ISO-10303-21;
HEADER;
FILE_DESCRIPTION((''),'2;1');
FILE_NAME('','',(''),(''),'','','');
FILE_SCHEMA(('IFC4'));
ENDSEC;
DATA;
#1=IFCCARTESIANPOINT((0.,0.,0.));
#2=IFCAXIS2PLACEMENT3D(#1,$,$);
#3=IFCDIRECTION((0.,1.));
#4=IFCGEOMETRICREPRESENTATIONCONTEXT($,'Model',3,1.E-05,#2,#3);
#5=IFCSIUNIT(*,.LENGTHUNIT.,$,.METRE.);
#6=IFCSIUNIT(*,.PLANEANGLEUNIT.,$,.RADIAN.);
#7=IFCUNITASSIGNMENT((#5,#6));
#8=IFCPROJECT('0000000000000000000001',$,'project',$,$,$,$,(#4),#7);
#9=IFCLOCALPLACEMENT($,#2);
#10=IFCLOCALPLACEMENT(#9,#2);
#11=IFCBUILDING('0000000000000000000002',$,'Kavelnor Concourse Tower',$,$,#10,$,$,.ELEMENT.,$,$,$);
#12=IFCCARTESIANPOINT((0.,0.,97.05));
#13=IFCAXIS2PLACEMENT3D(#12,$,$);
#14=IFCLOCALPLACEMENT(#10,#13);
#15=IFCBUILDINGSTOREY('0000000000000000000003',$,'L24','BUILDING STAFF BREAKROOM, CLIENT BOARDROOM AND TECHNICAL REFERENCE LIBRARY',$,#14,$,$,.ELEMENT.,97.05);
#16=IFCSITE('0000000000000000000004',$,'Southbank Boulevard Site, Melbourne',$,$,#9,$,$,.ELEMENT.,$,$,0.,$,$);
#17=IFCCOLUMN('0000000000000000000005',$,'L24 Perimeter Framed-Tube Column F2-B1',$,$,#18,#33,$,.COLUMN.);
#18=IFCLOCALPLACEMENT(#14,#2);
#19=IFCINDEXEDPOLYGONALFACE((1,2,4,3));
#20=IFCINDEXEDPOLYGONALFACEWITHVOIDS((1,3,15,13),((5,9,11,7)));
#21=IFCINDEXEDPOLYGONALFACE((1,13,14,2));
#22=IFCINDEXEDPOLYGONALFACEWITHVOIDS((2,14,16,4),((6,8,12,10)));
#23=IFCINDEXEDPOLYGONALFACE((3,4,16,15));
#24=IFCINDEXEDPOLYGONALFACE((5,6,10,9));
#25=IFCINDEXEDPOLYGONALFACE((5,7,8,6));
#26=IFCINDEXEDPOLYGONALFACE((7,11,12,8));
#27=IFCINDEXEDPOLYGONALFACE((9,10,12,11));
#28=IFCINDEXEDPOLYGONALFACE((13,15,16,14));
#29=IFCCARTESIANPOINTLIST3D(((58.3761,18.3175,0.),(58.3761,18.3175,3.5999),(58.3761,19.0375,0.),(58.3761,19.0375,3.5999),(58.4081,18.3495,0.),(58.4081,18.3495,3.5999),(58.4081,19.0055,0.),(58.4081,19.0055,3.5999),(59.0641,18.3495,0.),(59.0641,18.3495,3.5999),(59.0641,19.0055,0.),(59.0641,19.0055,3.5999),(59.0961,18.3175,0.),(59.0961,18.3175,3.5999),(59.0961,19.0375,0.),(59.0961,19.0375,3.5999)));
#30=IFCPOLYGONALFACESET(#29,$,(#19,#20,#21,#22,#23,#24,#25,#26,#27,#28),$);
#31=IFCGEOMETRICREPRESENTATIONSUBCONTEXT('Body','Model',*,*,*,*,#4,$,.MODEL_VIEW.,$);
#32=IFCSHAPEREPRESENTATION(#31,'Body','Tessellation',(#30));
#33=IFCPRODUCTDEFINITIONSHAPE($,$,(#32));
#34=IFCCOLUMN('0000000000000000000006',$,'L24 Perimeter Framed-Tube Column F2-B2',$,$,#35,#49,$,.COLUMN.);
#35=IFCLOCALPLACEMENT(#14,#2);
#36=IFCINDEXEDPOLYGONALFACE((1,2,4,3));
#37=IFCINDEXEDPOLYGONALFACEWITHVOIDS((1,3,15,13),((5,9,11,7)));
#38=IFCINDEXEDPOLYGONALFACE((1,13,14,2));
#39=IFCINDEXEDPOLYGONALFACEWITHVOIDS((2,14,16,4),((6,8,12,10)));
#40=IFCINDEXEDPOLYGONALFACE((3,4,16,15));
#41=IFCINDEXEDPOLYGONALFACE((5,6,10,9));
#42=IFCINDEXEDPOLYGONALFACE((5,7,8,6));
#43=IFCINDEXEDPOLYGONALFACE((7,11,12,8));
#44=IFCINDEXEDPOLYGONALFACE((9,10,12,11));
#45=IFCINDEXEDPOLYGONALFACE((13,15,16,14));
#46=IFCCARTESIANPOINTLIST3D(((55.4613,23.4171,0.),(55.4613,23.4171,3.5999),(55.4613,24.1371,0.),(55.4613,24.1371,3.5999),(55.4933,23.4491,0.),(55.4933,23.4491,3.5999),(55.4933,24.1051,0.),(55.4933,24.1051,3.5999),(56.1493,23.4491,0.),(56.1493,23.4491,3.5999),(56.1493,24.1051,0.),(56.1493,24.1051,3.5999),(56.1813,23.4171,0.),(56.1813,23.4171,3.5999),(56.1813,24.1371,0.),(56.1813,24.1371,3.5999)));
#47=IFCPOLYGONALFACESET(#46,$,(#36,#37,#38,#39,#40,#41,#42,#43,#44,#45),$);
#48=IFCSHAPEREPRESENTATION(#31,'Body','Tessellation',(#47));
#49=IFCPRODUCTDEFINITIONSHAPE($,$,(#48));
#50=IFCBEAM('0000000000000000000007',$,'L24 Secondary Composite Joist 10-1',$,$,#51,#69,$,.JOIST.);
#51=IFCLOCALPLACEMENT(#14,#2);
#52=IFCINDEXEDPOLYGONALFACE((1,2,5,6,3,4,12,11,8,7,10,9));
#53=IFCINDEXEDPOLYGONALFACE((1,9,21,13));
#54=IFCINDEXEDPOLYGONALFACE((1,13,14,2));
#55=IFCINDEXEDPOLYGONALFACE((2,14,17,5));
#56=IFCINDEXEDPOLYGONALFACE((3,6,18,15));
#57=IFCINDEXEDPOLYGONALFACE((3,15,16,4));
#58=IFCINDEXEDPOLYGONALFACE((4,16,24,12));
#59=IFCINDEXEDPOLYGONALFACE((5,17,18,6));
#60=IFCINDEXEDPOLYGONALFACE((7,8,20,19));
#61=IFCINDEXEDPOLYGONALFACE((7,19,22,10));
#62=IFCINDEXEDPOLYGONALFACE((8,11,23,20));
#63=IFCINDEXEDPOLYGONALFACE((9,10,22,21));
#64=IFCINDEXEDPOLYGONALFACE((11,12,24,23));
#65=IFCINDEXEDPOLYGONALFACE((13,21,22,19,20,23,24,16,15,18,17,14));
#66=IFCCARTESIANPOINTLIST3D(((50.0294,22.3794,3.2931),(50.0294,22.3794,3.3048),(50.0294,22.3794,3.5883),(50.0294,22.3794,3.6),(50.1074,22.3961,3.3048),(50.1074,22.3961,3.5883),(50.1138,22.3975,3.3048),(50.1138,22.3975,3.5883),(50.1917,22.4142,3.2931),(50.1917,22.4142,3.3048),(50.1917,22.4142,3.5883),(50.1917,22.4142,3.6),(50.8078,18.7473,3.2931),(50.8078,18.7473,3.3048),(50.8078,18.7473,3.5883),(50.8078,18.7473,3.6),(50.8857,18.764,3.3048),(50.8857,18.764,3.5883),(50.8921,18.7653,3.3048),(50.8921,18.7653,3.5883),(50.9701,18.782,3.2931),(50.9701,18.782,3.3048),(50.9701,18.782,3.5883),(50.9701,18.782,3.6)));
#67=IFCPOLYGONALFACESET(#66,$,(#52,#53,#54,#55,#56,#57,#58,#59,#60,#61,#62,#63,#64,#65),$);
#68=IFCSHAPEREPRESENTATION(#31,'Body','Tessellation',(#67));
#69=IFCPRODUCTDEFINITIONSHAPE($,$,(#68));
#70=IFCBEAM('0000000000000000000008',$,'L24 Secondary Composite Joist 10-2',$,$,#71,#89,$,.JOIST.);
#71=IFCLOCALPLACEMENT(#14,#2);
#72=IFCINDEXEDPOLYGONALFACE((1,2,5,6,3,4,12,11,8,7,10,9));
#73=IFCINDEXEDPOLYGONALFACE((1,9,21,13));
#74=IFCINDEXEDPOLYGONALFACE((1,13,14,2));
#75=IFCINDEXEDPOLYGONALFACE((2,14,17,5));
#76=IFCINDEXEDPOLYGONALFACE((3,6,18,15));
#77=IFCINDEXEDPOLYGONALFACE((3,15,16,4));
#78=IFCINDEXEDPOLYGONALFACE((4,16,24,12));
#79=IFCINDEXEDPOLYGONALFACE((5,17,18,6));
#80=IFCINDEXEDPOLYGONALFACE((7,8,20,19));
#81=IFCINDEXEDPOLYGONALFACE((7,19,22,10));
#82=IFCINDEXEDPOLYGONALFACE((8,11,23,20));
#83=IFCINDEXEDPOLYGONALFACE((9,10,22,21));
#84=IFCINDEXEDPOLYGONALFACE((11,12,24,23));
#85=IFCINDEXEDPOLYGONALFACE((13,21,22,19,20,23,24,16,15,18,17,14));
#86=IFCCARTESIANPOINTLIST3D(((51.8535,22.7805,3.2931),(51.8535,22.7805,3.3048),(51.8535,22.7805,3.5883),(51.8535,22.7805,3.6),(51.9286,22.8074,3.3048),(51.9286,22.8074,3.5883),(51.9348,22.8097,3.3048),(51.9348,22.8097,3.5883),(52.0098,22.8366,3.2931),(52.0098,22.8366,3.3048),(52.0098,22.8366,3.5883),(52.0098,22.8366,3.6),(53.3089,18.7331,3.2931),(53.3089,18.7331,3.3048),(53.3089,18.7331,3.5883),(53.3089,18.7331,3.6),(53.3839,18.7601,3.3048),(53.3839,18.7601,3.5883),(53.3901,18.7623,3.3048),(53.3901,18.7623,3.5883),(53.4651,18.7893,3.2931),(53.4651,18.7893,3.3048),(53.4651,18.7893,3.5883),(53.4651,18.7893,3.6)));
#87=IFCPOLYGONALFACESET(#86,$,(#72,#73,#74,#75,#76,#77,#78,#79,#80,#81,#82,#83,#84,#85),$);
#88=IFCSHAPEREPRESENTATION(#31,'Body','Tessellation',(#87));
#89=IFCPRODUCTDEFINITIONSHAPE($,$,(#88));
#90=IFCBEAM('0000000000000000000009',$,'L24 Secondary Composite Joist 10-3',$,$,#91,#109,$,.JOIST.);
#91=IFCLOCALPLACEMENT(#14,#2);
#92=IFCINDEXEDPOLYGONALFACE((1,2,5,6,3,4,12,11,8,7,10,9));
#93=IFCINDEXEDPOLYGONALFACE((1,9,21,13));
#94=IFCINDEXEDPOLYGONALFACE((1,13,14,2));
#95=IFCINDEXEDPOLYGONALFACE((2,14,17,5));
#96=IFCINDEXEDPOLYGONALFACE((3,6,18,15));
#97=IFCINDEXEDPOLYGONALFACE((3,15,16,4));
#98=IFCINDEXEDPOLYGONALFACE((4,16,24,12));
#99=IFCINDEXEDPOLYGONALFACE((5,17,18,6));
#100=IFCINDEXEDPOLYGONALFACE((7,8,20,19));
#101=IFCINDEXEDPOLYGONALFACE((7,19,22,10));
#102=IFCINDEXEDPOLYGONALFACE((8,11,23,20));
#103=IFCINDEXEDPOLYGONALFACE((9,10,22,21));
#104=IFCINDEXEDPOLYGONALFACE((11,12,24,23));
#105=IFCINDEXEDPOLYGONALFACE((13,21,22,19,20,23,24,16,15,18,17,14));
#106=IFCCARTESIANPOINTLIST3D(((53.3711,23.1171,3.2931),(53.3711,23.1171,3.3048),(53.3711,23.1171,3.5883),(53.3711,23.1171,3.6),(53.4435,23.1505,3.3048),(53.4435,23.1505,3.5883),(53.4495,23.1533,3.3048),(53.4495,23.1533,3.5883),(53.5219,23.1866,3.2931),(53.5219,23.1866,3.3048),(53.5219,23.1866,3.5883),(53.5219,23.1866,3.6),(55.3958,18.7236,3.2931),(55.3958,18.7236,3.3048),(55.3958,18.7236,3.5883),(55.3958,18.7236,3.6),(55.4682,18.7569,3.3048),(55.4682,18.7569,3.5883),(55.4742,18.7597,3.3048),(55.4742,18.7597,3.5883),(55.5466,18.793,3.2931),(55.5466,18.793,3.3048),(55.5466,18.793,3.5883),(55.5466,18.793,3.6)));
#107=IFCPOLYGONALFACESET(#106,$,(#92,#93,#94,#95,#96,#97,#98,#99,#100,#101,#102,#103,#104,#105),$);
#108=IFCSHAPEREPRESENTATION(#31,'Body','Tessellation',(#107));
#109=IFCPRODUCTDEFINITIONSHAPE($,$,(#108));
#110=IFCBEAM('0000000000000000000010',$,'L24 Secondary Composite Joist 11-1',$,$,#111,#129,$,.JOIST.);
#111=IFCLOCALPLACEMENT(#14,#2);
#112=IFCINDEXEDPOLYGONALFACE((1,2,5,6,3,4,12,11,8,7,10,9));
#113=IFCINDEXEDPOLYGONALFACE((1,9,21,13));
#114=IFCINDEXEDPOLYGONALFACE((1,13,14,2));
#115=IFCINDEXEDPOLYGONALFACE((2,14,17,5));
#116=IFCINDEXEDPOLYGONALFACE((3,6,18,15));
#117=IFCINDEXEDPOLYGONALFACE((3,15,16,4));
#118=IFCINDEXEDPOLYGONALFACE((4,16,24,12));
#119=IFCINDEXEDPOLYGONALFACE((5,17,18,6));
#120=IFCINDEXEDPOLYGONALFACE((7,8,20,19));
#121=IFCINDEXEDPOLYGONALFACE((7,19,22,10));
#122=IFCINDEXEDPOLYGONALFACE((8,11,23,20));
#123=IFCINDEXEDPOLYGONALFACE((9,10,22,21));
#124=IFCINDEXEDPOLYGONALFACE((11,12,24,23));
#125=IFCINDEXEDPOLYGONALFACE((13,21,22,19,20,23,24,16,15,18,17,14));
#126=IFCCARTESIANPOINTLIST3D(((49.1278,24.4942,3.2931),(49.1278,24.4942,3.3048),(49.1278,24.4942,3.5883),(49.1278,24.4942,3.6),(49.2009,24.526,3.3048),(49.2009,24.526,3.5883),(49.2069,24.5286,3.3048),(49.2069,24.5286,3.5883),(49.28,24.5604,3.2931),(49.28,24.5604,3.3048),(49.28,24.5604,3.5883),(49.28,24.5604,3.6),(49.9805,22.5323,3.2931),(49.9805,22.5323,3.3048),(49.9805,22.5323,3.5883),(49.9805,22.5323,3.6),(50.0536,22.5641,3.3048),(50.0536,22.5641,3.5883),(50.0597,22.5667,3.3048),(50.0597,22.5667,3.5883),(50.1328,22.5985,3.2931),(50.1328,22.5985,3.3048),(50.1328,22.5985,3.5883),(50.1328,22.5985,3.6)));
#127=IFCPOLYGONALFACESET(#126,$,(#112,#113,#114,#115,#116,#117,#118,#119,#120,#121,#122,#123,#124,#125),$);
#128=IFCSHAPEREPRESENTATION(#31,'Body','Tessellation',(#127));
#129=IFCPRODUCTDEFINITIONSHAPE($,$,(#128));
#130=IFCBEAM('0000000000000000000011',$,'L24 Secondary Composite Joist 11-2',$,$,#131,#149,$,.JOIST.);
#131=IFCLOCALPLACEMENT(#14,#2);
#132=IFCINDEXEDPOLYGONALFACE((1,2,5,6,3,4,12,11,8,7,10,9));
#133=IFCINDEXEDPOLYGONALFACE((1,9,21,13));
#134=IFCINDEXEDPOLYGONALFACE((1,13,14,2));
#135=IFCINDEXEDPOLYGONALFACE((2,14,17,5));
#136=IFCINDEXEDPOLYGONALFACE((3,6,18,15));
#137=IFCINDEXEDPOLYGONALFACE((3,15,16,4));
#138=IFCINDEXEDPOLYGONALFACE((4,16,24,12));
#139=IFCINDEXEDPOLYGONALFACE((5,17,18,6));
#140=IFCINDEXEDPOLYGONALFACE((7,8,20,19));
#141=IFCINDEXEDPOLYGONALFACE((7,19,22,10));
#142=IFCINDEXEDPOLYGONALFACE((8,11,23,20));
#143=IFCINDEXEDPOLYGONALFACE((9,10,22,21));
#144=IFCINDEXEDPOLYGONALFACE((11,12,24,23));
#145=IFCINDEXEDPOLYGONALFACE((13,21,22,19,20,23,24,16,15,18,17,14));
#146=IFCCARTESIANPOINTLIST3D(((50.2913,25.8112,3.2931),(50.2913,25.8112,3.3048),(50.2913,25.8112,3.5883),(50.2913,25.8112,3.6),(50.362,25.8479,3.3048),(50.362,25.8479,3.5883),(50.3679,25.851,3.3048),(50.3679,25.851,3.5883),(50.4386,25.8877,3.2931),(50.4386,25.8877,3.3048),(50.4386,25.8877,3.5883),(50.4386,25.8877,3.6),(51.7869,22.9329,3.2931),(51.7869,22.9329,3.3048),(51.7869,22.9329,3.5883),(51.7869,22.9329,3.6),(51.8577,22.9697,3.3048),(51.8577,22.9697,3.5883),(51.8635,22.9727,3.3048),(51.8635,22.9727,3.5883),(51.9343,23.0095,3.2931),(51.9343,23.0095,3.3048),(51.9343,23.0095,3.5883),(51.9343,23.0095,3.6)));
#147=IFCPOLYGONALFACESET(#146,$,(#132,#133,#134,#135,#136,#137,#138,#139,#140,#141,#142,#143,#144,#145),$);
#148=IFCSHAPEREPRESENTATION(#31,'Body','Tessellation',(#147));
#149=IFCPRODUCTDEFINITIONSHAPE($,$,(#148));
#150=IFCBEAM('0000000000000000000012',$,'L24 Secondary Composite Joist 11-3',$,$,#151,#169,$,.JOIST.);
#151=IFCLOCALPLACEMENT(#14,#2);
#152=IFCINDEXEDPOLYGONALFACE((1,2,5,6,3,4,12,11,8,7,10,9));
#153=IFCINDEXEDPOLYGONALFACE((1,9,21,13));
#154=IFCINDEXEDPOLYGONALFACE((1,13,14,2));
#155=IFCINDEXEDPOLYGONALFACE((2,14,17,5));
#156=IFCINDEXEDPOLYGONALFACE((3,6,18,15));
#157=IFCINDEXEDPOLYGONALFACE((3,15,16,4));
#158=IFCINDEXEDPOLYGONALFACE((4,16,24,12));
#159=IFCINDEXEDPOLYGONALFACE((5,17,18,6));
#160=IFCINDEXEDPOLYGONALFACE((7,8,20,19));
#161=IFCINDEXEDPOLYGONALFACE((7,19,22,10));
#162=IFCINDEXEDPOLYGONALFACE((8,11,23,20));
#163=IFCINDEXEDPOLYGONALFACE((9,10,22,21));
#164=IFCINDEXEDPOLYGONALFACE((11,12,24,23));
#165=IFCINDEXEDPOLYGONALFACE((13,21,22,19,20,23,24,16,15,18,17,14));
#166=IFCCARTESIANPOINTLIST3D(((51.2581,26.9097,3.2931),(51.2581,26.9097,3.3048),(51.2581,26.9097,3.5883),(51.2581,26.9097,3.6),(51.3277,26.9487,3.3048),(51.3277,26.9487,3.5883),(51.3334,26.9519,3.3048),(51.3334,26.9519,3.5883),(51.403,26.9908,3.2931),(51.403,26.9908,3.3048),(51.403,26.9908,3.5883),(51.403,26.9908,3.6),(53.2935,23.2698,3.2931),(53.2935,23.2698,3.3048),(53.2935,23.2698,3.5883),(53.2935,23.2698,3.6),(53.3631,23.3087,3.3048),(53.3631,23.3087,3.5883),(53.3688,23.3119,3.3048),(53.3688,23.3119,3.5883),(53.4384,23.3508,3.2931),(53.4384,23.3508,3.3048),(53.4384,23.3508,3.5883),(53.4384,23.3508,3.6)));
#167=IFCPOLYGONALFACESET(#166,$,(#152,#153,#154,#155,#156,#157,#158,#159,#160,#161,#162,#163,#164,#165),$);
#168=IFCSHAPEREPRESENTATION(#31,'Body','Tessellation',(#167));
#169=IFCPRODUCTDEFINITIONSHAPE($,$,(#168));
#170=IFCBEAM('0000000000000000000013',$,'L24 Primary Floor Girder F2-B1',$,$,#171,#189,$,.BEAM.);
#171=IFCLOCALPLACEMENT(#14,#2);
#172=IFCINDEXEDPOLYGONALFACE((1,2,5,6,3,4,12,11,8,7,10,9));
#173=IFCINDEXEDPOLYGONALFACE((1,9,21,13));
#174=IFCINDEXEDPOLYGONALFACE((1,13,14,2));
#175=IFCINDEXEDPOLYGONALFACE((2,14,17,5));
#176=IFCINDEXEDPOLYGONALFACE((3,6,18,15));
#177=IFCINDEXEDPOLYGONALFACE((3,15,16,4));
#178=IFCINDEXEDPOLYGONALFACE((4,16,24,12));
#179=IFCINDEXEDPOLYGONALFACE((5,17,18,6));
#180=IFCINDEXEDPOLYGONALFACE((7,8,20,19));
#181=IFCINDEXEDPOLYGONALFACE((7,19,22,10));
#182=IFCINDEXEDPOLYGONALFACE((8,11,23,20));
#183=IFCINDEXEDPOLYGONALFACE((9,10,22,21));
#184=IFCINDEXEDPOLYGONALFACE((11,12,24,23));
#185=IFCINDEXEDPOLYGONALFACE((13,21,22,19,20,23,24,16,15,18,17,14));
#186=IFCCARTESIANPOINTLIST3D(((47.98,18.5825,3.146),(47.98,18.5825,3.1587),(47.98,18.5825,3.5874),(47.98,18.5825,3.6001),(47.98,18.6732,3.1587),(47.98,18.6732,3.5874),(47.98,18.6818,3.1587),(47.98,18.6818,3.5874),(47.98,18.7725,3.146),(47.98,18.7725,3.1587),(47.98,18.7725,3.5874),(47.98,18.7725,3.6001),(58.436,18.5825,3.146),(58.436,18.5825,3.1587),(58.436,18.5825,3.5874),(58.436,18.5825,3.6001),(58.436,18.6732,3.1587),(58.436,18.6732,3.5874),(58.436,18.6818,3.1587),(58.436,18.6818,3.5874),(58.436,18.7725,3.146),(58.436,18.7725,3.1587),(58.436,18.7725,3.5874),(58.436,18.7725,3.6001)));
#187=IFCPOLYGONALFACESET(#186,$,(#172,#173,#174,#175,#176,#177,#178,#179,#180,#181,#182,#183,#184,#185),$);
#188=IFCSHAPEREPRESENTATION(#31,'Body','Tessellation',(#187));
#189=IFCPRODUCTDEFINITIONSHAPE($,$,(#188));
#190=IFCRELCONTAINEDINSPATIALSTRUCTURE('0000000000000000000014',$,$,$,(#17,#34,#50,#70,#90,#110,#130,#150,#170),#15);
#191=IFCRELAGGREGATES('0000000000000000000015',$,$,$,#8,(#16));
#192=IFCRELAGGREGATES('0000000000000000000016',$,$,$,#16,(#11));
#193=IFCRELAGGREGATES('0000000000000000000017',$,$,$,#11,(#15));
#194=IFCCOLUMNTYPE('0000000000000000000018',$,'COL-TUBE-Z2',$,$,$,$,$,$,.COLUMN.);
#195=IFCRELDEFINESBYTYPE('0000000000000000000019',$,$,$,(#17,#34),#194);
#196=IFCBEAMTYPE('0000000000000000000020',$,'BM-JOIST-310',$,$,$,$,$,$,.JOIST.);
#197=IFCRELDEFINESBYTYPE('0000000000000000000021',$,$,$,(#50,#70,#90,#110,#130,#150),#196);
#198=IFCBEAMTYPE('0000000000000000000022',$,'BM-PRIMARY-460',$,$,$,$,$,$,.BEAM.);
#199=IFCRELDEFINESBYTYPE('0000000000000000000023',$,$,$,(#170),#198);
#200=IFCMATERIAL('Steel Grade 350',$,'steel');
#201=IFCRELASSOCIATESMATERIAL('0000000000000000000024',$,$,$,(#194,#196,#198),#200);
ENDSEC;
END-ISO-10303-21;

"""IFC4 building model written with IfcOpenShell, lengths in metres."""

from ifc_helpers import new_model, si_unit, direction, frame, origin, origin_2d, place, context, subcontext, project, spatial, hollow_rectangle, i_section, extrude, material, material_profile, profile_set, type_object, element, save


model = new_model("IFC4")

# Units and contexts
model_context = context("Model", 3, precision=1e-05, world=origin(), true_north=direction((0.0, 1.0)))
body_context = subcontext(model_context, "Body", "Model", "MODEL_VIEW")
ifc_project = project(units=[si_unit("LENGTHUNIT", "METRE"), si_unit("PLANEANGLEUNIT", "RADIAN")], contexts=[model_context])

# Site, building, storey
site_placement = place(None, origin())
site = spatial("IfcSite", under=ifc_project, at=site_placement, Name="Southbank Boulevard Site, Melbourne", CompositionType="ELEMENT", RefElevation=0.0)
building_placement = place(site_placement, origin())
building = spatial("IfcBuilding", under=site, at=building_placement, Name="Kavelnor Concourse Tower", CompositionType="ELEMENT")
storey_placement = place(building_placement, frame((0.0, 0.0, 97.05)))
storey = spatial("IfcBuildingStorey", under=building, at=storey_placement, Name="L24", Description="BUILDING STAFF BREAKROOM, CLIENT BOARDROOM AND TECHNICAL REFERENCE LIBRARY", CompositionType="ELEMENT", Elevation=97.05)

# Columns
ifc_material_1 = material(Name="Steel Grade 350", Category="steel")
ifc_material_profile_1 = material_profile(ifc_material_1, hollow_rectangle(XDim=0.72, YDim=0.72, WallThickness=0.032, at=origin_2d()), Name="SHS 720x720x32")
ifc_profile_set_1 = profile_set([ifc_material_profile_1], Name="Steel Grade 350")
column_type = type_object("IfcColumnType", Name="COL-TUBE-Z2", PredefinedType="COLUMN", material=ifc_profile_set_1)
for number, where, z_axis, x_axis, name in (
    (1, (58.7361, 18.6775, 0.0), (0.0, 0.0, 1.0), (1.0, 0.0, 0.0), "L24 Perimeter Framed-Tube Column F2-B1"),
    (2, (55.8213, 23.7771, 0.0), (0.0, 0.0, 1.0), (1.0, 0.0, 0.0), "L24 Perimeter Framed-Tube Column F2-B2"),
):
    element("IfcColumn", number, at=place(storey_placement, frame(where, z_axis=z_axis, x_axis=x_axis)), inside=storey, type_object=column_type, Name=name, PredefinedType="COLUMN", context=body_context, shape_type="SweptSolid", body=[
        extrude(hollow_rectangle(XDim=0.72, YDim=0.72, WallThickness=0.032, at=origin_2d()), origin(), (0.0, 0.0, 1.0), 3.5999),
    ])

# Beams
ifc_material_profile_2 = material_profile(ifc_material_1, i_section(OverallWidth=0.166, OverallDepth=0.3069, WebThickness=0.0066, FlangeThickness=0.0117, at=origin_2d()), Name="310UB46")
ifc_profile_set_2 = profile_set([ifc_material_profile_2], Name="Steel Grade 350")
beam_type_1 = type_object("IfcBeamType", Name="BM-JOIST-310", PredefinedType="JOIST", material=ifc_profile_set_2)
beam_1_placement = place(storey_placement, frame((50.8889, 18.7646, 3.4465), z_axis=(-0.209534, 0.977801, 0.0), x_axis=(-0.977801, -0.209534, 0.0)))
element("IfcBeam", 3, at=beam_1_placement, inside=storey, type_object=beam_type_1, Name="L24 Secondary Composite Joist 10-1", PredefinedType="JOIST", context=body_context, shape_type="SweptSolid", body=[
    extrude(i_section(OverallWidth=0.166, OverallDepth=0.3069, WebThickness=0.0066, FlangeThickness=0.0117, at=origin_2d()), origin(), (0.0, 0.0, 1.0), 3.7146),
])
beam_2_placement = place(storey_placement, frame((53.387, 18.7612, 3.4465), z_axis=(-0.338364, 0.941015, 0.0), x_axis=(-0.941015, -0.338364, 0.0)))
element("IfcBeam", 4, at=beam_2_placement, inside=storey, type_object=beam_type_1, Name="L24 Secondary Composite Joist 10-2", PredefinedType="JOIST", context=body_context, shape_type="SweptSolid", body=[
    extrude(i_section(OverallWidth=0.166, OverallDepth=0.3069, WebThickness=0.0066, FlangeThickness=0.0117, at=origin_2d()), origin(), (0.0, 0.0, 1.0), 4.301),
])
beam_3_placement = place(storey_placement, frame((55.4712, 18.7583, 3.4465), z_axis=(-0.418524, 0.908206, 0.0), x_axis=(-0.908206, -0.418524, 0.0)))
element("IfcBeam", 5, at=beam_3_placement, inside=storey, type_object=beam_type_1, Name="L24 Secondary Composite Joist 10-3", PredefinedType="JOIST", context=body_context, shape_type="SweptSolid", body=[
    extrude(i_section(OverallWidth=0.166, OverallDepth=0.3069, WebThickness=0.0066, FlangeThickness=0.0117, at=origin_2d()), origin(), (0.0, 0.0, 1.0), 4.8376),
])
beam_4_placement = place(storey_placement, frame((50.0566, 22.5654, 3.4465), z_axis=(-0.398638, 0.917108, 0.0), x_axis=(-0.917108, -0.398638, 0.0)))
element("IfcBeam", 6, at=beam_4_placement, inside=storey, type_object=beam_type_1, Name="L24 Secondary Composite Joist 11-1", PredefinedType="JOIST", context=body_context, shape_type="SweptSolid", body=[
    extrude(i_section(OverallWidth=0.166, OverallDepth=0.3069, WebThickness=0.0066, FlangeThickness=0.0117, at=origin_2d()), origin(), (0.0, 0.0, 1.0), 2.1392),
])
beam_5_placement = place(storey_placement, frame((51.8606, 22.9712, 3.4465), z_axis=(-0.461099, 0.887349, 0.0), x_axis=(-0.887349, -0.461099, 0.0)))
element("IfcBeam", 7, at=beam_5_placement, inside=storey, type_object=beam_type_1, Name="L24 Secondary Composite Joist 11-2", PredefinedType="JOIST", context=body_context, shape_type="SweptSolid", body=[
    extrude(i_section(OverallWidth=0.166, OverallDepth=0.3069, WebThickness=0.0066, FlangeThickness=0.0117, at=origin_2d()), origin(), (0.0, 0.0, 1.0), 3.2437),
])
beam_6_placement = place(storey_placement, frame((53.366, 23.3103, 3.4465), z_axis=(-0.488067, 0.872806, 0.0), x_axis=(-0.872806, -0.488067, 0.0)))
element("IfcBeam", 8, at=beam_6_placement, inside=storey, type_object=beam_type_1, Name="L24 Secondary Composite Joist 11-3", PredefinedType="JOIST", context=body_context, shape_type="SweptSolid", body=[
    extrude(i_section(OverallWidth=0.166, OverallDepth=0.3069, WebThickness=0.0066, FlangeThickness=0.0117, at=origin_2d()), origin(), (0.0, 0.0, 1.0), 4.1704),
])
ifc_material_profile_3 = material_profile(ifc_material_1, i_section(OverallWidth=0.1899, OverallDepth=0.4541, WebThickness=0.0085, FlangeThickness=0.0127, at=origin_2d()), Name="460UB67")
ifc_profile_set_3 = profile_set([ifc_material_profile_3], Name="Steel Grade 350")
beam_type_2 = type_object("IfcBeamType", Name="BM-PRIMARY-460", PredefinedType="BEAM", material=ifc_profile_set_3)
beam_7_placement = place(storey_placement, frame((47.98, 18.6775, 3.373), z_axis=(1.0, 0.0, 0.0), x_axis=(0.0, 1.0, 0.0)))
element("IfcBeam", 9, at=beam_7_placement, inside=storey, type_object=beam_type_2, Name="L24 Primary Floor Girder F2-B1", PredefinedType="BEAM", context=body_context, shape_type="SweptSolid", body=[
    extrude(i_section(OverallWidth=0.1899, OverallDepth=0.4541, WebThickness=0.0085, FlangeThickness=0.0127, at=origin_2d()), origin(), (0.0, 0.0, 1.0), 10.4561),
])

save(model, "model.ifc")
